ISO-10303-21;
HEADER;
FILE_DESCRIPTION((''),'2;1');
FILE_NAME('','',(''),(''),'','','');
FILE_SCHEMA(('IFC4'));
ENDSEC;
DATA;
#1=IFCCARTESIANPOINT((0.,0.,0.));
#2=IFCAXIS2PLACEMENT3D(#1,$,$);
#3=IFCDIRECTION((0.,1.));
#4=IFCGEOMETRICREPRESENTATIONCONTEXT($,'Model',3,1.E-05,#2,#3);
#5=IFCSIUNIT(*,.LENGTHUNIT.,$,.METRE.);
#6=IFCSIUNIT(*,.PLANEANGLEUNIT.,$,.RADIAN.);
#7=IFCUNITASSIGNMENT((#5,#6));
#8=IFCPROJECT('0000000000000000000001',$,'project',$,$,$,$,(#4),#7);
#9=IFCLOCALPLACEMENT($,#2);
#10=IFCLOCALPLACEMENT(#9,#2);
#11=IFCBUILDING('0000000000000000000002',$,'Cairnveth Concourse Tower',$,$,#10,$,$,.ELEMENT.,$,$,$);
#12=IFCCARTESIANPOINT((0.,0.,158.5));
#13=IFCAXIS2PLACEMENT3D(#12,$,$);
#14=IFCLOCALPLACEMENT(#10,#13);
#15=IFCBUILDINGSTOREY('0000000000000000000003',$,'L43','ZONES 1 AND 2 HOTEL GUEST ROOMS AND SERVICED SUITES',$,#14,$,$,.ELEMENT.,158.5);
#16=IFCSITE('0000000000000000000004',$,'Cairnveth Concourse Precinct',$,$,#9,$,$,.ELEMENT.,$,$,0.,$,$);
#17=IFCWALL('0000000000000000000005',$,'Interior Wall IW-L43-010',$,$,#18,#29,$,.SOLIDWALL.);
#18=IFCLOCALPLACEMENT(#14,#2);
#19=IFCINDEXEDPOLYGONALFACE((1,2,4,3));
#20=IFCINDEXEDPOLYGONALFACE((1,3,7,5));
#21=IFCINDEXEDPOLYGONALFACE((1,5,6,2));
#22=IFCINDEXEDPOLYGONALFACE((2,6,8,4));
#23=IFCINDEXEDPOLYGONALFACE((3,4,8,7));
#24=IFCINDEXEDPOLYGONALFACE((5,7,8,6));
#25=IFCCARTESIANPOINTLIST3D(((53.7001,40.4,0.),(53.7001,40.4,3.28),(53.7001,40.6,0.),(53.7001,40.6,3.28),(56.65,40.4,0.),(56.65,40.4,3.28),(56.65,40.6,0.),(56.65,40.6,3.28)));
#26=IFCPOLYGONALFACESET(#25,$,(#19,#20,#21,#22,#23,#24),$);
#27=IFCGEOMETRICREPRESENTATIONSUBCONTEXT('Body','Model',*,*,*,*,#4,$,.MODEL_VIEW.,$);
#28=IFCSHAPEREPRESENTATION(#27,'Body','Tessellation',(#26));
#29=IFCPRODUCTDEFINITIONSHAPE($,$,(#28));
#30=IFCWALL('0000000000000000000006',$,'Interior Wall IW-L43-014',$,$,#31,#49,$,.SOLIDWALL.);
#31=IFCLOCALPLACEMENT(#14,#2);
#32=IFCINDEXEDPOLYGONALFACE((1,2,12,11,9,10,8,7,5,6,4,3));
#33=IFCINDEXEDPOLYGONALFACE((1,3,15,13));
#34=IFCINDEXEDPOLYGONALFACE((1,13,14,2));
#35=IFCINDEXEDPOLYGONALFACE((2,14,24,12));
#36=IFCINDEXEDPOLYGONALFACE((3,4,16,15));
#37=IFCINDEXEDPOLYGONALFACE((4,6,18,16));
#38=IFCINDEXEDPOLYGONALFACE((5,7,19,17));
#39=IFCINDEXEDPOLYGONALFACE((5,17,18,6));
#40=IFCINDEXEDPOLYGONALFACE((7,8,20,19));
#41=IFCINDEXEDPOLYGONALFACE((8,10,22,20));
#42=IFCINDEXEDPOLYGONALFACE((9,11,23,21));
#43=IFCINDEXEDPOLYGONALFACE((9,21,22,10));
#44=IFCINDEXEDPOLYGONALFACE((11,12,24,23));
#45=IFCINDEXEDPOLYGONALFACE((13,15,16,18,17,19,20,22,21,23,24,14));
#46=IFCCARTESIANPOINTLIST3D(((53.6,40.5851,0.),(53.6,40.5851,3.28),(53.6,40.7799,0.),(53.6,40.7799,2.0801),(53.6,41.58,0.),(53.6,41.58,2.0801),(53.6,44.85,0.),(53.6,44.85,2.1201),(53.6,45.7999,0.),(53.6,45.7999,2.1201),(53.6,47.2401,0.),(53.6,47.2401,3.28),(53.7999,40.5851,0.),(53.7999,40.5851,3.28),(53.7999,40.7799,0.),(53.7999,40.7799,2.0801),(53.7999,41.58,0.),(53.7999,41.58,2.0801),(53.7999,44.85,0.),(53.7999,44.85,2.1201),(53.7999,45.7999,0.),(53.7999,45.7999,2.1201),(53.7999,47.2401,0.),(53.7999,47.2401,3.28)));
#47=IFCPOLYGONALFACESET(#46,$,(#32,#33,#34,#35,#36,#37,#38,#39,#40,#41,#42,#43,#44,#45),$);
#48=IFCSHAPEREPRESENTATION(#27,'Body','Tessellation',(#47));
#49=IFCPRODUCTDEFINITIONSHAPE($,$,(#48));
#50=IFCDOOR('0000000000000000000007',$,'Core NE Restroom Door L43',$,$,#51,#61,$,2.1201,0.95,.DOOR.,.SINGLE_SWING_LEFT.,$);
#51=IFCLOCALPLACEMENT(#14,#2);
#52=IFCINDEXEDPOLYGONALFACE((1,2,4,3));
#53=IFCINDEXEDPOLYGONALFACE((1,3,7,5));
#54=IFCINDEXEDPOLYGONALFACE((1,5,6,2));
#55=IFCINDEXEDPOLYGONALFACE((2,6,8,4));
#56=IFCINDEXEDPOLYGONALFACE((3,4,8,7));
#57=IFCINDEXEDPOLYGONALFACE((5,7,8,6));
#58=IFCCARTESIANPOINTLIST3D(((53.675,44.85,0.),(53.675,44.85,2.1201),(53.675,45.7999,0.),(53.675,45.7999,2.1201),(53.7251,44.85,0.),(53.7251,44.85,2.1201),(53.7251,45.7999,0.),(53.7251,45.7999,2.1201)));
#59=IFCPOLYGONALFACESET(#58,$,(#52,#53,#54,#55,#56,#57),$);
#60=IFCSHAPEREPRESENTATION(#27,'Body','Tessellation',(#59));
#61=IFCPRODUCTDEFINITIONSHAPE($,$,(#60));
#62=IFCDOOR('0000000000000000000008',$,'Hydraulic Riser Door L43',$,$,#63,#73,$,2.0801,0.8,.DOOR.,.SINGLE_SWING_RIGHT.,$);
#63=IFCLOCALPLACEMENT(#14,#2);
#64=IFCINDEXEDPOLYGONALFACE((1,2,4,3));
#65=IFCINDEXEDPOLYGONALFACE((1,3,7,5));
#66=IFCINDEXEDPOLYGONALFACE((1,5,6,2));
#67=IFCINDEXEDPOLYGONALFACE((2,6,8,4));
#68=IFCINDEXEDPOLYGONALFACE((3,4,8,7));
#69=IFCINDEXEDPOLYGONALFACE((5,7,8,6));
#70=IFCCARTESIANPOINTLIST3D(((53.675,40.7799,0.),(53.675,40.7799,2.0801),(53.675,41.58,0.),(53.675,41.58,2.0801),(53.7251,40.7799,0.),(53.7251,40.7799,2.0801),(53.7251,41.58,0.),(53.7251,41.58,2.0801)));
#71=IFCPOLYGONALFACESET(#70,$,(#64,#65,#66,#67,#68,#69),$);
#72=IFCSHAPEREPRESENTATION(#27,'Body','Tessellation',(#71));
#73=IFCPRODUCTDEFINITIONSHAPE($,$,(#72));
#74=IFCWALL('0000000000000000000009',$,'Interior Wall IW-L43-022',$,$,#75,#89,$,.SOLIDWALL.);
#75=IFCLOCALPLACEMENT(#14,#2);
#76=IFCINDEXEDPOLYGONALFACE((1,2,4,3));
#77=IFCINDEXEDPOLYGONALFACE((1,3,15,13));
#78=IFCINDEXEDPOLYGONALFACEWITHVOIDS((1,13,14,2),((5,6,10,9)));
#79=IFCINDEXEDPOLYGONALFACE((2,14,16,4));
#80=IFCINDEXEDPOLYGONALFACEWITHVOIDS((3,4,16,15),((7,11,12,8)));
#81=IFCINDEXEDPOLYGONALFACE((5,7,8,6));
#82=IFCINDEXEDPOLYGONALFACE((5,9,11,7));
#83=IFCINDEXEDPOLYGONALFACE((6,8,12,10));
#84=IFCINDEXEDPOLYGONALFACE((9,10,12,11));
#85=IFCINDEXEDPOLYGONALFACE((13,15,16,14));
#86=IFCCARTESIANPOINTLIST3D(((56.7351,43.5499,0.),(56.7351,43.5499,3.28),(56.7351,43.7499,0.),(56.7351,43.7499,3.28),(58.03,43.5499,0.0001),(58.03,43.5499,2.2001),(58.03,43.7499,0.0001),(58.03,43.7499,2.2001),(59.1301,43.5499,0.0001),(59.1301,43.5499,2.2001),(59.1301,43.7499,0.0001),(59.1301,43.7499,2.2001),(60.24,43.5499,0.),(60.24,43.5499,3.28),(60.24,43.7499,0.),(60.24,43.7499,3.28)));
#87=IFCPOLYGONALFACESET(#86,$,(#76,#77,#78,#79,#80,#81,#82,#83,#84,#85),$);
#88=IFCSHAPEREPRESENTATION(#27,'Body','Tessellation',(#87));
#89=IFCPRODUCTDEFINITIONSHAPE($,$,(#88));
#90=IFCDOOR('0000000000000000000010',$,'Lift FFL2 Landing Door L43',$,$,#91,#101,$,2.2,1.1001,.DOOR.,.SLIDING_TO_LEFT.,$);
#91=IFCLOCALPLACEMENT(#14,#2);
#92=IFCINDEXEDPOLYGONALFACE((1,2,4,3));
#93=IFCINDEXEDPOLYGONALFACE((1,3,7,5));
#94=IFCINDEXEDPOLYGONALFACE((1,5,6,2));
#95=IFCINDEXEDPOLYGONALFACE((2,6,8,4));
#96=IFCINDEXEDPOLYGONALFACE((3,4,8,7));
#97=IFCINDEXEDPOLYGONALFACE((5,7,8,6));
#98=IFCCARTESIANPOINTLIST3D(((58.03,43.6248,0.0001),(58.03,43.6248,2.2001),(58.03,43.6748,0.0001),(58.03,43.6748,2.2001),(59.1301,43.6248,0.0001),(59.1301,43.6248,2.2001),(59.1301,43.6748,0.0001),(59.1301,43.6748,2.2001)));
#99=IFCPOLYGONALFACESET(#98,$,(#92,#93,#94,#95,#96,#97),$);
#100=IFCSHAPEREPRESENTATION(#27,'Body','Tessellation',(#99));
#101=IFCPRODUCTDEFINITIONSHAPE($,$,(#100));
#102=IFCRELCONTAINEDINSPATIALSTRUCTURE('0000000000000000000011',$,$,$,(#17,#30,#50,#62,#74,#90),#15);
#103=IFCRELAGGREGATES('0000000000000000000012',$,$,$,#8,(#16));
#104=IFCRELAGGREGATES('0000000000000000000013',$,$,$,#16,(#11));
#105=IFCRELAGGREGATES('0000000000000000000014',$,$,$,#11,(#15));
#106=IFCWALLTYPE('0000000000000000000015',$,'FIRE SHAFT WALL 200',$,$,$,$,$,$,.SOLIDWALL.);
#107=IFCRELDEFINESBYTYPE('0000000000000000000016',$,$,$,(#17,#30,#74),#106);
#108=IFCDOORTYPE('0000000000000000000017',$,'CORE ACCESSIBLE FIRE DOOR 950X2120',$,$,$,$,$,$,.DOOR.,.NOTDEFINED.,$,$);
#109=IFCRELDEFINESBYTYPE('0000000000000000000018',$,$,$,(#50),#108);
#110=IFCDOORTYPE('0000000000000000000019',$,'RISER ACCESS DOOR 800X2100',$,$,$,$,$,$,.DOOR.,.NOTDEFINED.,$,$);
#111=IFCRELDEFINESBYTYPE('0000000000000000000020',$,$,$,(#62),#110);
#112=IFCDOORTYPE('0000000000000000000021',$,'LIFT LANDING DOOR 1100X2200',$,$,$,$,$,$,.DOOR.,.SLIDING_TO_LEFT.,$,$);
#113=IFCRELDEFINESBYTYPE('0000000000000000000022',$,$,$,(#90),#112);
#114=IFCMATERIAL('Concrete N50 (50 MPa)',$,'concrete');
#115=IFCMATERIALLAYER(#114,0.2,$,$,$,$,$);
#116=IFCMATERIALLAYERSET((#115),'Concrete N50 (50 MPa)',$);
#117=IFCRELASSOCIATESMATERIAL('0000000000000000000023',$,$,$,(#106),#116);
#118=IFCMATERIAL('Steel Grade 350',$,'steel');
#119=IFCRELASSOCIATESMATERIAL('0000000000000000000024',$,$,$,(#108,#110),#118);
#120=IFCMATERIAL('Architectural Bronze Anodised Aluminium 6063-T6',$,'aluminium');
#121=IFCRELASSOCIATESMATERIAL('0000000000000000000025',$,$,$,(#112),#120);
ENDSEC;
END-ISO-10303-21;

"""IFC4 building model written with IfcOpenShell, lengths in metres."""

from ifc_helpers import new_model, si_unit, direction, frame, frame_2d, origin, place, context, subcontext, project, spatial, rectangle, extrude, material, layer, layer_set, type_object, element, fill, save


model = new_model("IFC4")

# Units and contexts
model_context = context("Model", 3, precision=1e-05, world=origin(), true_north=direction((0.0, 1.0)))
body_context = subcontext(model_context, "Body", "Model", "MODEL_VIEW")
ifc_project = project(units=[si_unit("LENGTHUNIT", "METRE"), si_unit("PLANEANGLEUNIT", "RADIAN")], contexts=[model_context])

# Site, building, storey
site_placement = place(None, origin())
site = spatial("IfcSite", under=ifc_project, at=site_placement, Name="Cairnveth Concourse Precinct", CompositionType="ELEMENT", RefElevation=0.0)
building_placement = place(site_placement, origin())
building = spatial("IfcBuilding", under=site, at=building_placement, Name="Cairnveth Concourse Tower", CompositionType="ELEMENT")
storey_placement = place(building_placement, frame((0.0, 0.0, 158.5)))
storey = spatial("IfcBuildingStorey", under=building, at=storey_placement, Name="L43", Description="ZONES 1 AND 2 HOTEL GUEST ROOMS AND SERVICED SUITES", CompositionType="ELEMENT", Elevation=158.5)

# Shared definitions
ifc_material_1 = material(Name="Steel Grade 350", Category="steel")

# Shared definitions
ifc_material_2 = material(Name="Concrete N50 (50 MPa)", Category="concrete")

# Wall
ifc_layer_1 = layer(ifc_material_2, 0.2)
ifc_layer_set_1 = layer_set([ifc_layer_1], Name="Concrete N50 (50 MPa)")
wall_type_1 = type_object("IfcWallType", Name="FIRE SHAFT WALL 200", PredefinedType="SOLIDWALL", material=ifc_layer_set_1)
for number, where, z_axis, x_axis, name in (
    (1, (53.7, 40.5, 0.0), (0.0, 0.0, 1.0), (1.0, 0.0, 0.0), "Interior Wall IW-L43-010"),
):
    element("IfcWall", number, at=place(storey_placement, frame(where, z_axis=z_axis, x_axis=x_axis)), inside=storey, type_object=wall_type_1, Name=name, PredefinedType="SOLIDWALL", context=body_context, shape_type="SweptSolid", body=[
        extrude(rectangle(XDim=2.95, YDim=0.2, at=frame_2d((1.4751, 0.0))), origin(), (0.0, 0.0, 1.0), 3.28),
    ])

# Wall, openings, doors
wall_1_placement = place(storey_placement, frame((53.7, 40.585, 0.0), z_axis=(0.0, 0.0, 1.0), x_axis=(0.0, 1.0, 0.0)))
wall_1 = element("IfcWall", 2, at=wall_1_placement, inside=storey, type_object=wall_type_1, Name="Interior Wall IW-L43-014", PredefinedType="SOLIDWALL", context=body_context, shape_type="SweptSolid", body=[
    extrude(rectangle(XDim=6.655, YDim=0.2, at=frame_2d((3.3276, 0.0))), origin(), (0.0, 0.0, 1.0), 3.28),
])
opening_1_placement = place(wall_1_placement, frame((0.1951, 0.0, 0.0)))
opening_1 = element("IfcOpeningElement", 3, at=opening_1_placement, cuts=wall_1, PredefinedType="OPENING", context=body_context, shape_type="SweptSolid", body=[
    extrude(rectangle(XDim=0.8, YDim=2.0801, at=frame_2d((0.3999, 1.04))), frame((0.0, 0.1099, 0.0), z_axis=(0.0, -1.0, 0.0), x_axis=(1.0, 0.0, 0.0)), (0.0, 0.0, 1.0), 0.22),
])
opening_2_placement = place(wall_1_placement, frame((4.2649, 0.0, 0.0)))
opening_2 = element("IfcOpeningElement", 4, at=opening_2_placement, cuts=wall_1, PredefinedType="OPENING", context=body_context, shape_type="SweptSolid", body=[
    extrude(rectangle(XDim=0.95, YDim=2.1201, at=frame_2d((0.4751, 1.0601))), frame((0.0, 0.1099, 0.0), z_axis=(0.0, -1.0, 0.0), x_axis=(1.0, 0.0, 0.0)), (0.0, 0.0, 1.0), 0.22),
])
door_type_1 = type_object("IfcDoorType", Name="CORE ACCESSIBLE FIRE DOOR 950X2120", OperationType="NOTDEFINED", PredefinedType="DOOR", material=ifc_material_1)
door_1_placement = place(opening_2_placement, origin())
door_1 = element("IfcDoor", 5, at=door_1_placement, inside=storey, type_object=door_type_1, Name="Core NE Restroom Door L43", OperationType="SINGLE_SWING_LEFT", OverallHeight=2.1201, OverallWidth=0.95, PredefinedType="DOOR", context=body_context, shape_type="SweptSolid", body=[
    extrude(rectangle(XDim=0.95, YDim=2.1201, at=frame_2d((0.4751, 1.0601))), frame((0.0, 0.0249, 0.0), z_axis=(0.0, -1.0, 0.0), x_axis=(1.0, 0.0, 0.0)), (0.0, 0.0, 1.0), 0.05),
])
fill(opening_2, door_1)
door_type_2 = type_object("IfcDoorType", Name="RISER ACCESS DOOR 800X2100", OperationType="NOTDEFINED", PredefinedType="DOOR", material=ifc_material_1)
door_2_placement = place(opening_1_placement, origin())
door_2 = element("IfcDoor", 6, at=door_2_placement, inside=storey, type_object=door_type_2, Name="Hydraulic Riser Door L43", OperationType="SINGLE_SWING_RIGHT", OverallHeight=2.0801, OverallWidth=0.8, PredefinedType="DOOR", context=body_context, shape_type="SweptSolid", body=[
    extrude(rectangle(XDim=0.8, YDim=2.0801, at=frame_2d((0.3999, 1.04))), frame((0.0, 0.0249, 0.0), z_axis=(0.0, -1.0, 0.0), x_axis=(1.0, 0.0, 0.0)), (0.0, 0.0, 1.0), 0.05),
])
fill(opening_1, door_2)

# Wall, opening, door
wall_2_placement = place(storey_placement, frame((56.7351, 43.6499, 0.0), z_axis=(0.0, 0.0, 1.0), x_axis=(1.0, 0.0, 0.0)))
wall_2 = element("IfcWall", 7, at=wall_2_placement, inside=storey, type_object=wall_type_1, Name="Interior Wall IW-L43-022", PredefinedType="SOLIDWALL", context=body_context, shape_type="SweptSolid", body=[
    extrude(rectangle(XDim=3.5049, YDim=0.2, at=frame_2d((1.7524, 0.0))), origin(), (0.0, 0.0, 1.0), 3.28),
])
opening_3_placement = place(wall_2_placement, frame((1.2949, 0.0, 0.0)))
opening_3 = element("IfcOpeningElement", 8, at=opening_3_placement, cuts=wall_2, PredefinedType="OPENING", context=body_context, shape_type="SweptSolid", body=[
    extrude(rectangle(XDim=1.1001, YDim=2.2, at=frame_2d((0.55, 1.1001))), frame((0.0, 0.1099, 0.0), z_axis=(0.0, -1.0, 0.0), x_axis=(1.0, 0.0, 0.0)), (0.0, 0.0, 1.0), 0.22),
])
ifc_material_3 = material(Name="Architectural Bronze Anodised Aluminium 6063-T6", Category="aluminium")
door_type_3 = type_object("IfcDoorType", Name="LIFT LANDING DOOR 1100X2200", OperationType="SLIDING_TO_LEFT", PredefinedType="DOOR", material=ifc_material_3)
door_3_placement = place(opening_3_placement, origin())
door_3 = element("IfcDoor", 9, at=door_3_placement, inside=storey, type_object=door_type_3, Name="Lift FFL2 Landing Door L43", OperationType="SLIDING_TO_LEFT", OverallHeight=2.2, OverallWidth=1.1001, PredefinedType="DOOR", context=body_context, shape_type="SweptSolid", body=[
    extrude(rectangle(XDim=1.1001, YDim=2.2, at=frame_2d((0.55, 1.1001))), frame((0.0, 0.0249, 0.0), z_axis=(0.0, -1.0, 0.0), x_axis=(1.0, 0.0, 0.0)), (0.0, 0.0, 1.0), 0.05),
])
fill(opening_3, door_3)

save(model, "model.ifc")
